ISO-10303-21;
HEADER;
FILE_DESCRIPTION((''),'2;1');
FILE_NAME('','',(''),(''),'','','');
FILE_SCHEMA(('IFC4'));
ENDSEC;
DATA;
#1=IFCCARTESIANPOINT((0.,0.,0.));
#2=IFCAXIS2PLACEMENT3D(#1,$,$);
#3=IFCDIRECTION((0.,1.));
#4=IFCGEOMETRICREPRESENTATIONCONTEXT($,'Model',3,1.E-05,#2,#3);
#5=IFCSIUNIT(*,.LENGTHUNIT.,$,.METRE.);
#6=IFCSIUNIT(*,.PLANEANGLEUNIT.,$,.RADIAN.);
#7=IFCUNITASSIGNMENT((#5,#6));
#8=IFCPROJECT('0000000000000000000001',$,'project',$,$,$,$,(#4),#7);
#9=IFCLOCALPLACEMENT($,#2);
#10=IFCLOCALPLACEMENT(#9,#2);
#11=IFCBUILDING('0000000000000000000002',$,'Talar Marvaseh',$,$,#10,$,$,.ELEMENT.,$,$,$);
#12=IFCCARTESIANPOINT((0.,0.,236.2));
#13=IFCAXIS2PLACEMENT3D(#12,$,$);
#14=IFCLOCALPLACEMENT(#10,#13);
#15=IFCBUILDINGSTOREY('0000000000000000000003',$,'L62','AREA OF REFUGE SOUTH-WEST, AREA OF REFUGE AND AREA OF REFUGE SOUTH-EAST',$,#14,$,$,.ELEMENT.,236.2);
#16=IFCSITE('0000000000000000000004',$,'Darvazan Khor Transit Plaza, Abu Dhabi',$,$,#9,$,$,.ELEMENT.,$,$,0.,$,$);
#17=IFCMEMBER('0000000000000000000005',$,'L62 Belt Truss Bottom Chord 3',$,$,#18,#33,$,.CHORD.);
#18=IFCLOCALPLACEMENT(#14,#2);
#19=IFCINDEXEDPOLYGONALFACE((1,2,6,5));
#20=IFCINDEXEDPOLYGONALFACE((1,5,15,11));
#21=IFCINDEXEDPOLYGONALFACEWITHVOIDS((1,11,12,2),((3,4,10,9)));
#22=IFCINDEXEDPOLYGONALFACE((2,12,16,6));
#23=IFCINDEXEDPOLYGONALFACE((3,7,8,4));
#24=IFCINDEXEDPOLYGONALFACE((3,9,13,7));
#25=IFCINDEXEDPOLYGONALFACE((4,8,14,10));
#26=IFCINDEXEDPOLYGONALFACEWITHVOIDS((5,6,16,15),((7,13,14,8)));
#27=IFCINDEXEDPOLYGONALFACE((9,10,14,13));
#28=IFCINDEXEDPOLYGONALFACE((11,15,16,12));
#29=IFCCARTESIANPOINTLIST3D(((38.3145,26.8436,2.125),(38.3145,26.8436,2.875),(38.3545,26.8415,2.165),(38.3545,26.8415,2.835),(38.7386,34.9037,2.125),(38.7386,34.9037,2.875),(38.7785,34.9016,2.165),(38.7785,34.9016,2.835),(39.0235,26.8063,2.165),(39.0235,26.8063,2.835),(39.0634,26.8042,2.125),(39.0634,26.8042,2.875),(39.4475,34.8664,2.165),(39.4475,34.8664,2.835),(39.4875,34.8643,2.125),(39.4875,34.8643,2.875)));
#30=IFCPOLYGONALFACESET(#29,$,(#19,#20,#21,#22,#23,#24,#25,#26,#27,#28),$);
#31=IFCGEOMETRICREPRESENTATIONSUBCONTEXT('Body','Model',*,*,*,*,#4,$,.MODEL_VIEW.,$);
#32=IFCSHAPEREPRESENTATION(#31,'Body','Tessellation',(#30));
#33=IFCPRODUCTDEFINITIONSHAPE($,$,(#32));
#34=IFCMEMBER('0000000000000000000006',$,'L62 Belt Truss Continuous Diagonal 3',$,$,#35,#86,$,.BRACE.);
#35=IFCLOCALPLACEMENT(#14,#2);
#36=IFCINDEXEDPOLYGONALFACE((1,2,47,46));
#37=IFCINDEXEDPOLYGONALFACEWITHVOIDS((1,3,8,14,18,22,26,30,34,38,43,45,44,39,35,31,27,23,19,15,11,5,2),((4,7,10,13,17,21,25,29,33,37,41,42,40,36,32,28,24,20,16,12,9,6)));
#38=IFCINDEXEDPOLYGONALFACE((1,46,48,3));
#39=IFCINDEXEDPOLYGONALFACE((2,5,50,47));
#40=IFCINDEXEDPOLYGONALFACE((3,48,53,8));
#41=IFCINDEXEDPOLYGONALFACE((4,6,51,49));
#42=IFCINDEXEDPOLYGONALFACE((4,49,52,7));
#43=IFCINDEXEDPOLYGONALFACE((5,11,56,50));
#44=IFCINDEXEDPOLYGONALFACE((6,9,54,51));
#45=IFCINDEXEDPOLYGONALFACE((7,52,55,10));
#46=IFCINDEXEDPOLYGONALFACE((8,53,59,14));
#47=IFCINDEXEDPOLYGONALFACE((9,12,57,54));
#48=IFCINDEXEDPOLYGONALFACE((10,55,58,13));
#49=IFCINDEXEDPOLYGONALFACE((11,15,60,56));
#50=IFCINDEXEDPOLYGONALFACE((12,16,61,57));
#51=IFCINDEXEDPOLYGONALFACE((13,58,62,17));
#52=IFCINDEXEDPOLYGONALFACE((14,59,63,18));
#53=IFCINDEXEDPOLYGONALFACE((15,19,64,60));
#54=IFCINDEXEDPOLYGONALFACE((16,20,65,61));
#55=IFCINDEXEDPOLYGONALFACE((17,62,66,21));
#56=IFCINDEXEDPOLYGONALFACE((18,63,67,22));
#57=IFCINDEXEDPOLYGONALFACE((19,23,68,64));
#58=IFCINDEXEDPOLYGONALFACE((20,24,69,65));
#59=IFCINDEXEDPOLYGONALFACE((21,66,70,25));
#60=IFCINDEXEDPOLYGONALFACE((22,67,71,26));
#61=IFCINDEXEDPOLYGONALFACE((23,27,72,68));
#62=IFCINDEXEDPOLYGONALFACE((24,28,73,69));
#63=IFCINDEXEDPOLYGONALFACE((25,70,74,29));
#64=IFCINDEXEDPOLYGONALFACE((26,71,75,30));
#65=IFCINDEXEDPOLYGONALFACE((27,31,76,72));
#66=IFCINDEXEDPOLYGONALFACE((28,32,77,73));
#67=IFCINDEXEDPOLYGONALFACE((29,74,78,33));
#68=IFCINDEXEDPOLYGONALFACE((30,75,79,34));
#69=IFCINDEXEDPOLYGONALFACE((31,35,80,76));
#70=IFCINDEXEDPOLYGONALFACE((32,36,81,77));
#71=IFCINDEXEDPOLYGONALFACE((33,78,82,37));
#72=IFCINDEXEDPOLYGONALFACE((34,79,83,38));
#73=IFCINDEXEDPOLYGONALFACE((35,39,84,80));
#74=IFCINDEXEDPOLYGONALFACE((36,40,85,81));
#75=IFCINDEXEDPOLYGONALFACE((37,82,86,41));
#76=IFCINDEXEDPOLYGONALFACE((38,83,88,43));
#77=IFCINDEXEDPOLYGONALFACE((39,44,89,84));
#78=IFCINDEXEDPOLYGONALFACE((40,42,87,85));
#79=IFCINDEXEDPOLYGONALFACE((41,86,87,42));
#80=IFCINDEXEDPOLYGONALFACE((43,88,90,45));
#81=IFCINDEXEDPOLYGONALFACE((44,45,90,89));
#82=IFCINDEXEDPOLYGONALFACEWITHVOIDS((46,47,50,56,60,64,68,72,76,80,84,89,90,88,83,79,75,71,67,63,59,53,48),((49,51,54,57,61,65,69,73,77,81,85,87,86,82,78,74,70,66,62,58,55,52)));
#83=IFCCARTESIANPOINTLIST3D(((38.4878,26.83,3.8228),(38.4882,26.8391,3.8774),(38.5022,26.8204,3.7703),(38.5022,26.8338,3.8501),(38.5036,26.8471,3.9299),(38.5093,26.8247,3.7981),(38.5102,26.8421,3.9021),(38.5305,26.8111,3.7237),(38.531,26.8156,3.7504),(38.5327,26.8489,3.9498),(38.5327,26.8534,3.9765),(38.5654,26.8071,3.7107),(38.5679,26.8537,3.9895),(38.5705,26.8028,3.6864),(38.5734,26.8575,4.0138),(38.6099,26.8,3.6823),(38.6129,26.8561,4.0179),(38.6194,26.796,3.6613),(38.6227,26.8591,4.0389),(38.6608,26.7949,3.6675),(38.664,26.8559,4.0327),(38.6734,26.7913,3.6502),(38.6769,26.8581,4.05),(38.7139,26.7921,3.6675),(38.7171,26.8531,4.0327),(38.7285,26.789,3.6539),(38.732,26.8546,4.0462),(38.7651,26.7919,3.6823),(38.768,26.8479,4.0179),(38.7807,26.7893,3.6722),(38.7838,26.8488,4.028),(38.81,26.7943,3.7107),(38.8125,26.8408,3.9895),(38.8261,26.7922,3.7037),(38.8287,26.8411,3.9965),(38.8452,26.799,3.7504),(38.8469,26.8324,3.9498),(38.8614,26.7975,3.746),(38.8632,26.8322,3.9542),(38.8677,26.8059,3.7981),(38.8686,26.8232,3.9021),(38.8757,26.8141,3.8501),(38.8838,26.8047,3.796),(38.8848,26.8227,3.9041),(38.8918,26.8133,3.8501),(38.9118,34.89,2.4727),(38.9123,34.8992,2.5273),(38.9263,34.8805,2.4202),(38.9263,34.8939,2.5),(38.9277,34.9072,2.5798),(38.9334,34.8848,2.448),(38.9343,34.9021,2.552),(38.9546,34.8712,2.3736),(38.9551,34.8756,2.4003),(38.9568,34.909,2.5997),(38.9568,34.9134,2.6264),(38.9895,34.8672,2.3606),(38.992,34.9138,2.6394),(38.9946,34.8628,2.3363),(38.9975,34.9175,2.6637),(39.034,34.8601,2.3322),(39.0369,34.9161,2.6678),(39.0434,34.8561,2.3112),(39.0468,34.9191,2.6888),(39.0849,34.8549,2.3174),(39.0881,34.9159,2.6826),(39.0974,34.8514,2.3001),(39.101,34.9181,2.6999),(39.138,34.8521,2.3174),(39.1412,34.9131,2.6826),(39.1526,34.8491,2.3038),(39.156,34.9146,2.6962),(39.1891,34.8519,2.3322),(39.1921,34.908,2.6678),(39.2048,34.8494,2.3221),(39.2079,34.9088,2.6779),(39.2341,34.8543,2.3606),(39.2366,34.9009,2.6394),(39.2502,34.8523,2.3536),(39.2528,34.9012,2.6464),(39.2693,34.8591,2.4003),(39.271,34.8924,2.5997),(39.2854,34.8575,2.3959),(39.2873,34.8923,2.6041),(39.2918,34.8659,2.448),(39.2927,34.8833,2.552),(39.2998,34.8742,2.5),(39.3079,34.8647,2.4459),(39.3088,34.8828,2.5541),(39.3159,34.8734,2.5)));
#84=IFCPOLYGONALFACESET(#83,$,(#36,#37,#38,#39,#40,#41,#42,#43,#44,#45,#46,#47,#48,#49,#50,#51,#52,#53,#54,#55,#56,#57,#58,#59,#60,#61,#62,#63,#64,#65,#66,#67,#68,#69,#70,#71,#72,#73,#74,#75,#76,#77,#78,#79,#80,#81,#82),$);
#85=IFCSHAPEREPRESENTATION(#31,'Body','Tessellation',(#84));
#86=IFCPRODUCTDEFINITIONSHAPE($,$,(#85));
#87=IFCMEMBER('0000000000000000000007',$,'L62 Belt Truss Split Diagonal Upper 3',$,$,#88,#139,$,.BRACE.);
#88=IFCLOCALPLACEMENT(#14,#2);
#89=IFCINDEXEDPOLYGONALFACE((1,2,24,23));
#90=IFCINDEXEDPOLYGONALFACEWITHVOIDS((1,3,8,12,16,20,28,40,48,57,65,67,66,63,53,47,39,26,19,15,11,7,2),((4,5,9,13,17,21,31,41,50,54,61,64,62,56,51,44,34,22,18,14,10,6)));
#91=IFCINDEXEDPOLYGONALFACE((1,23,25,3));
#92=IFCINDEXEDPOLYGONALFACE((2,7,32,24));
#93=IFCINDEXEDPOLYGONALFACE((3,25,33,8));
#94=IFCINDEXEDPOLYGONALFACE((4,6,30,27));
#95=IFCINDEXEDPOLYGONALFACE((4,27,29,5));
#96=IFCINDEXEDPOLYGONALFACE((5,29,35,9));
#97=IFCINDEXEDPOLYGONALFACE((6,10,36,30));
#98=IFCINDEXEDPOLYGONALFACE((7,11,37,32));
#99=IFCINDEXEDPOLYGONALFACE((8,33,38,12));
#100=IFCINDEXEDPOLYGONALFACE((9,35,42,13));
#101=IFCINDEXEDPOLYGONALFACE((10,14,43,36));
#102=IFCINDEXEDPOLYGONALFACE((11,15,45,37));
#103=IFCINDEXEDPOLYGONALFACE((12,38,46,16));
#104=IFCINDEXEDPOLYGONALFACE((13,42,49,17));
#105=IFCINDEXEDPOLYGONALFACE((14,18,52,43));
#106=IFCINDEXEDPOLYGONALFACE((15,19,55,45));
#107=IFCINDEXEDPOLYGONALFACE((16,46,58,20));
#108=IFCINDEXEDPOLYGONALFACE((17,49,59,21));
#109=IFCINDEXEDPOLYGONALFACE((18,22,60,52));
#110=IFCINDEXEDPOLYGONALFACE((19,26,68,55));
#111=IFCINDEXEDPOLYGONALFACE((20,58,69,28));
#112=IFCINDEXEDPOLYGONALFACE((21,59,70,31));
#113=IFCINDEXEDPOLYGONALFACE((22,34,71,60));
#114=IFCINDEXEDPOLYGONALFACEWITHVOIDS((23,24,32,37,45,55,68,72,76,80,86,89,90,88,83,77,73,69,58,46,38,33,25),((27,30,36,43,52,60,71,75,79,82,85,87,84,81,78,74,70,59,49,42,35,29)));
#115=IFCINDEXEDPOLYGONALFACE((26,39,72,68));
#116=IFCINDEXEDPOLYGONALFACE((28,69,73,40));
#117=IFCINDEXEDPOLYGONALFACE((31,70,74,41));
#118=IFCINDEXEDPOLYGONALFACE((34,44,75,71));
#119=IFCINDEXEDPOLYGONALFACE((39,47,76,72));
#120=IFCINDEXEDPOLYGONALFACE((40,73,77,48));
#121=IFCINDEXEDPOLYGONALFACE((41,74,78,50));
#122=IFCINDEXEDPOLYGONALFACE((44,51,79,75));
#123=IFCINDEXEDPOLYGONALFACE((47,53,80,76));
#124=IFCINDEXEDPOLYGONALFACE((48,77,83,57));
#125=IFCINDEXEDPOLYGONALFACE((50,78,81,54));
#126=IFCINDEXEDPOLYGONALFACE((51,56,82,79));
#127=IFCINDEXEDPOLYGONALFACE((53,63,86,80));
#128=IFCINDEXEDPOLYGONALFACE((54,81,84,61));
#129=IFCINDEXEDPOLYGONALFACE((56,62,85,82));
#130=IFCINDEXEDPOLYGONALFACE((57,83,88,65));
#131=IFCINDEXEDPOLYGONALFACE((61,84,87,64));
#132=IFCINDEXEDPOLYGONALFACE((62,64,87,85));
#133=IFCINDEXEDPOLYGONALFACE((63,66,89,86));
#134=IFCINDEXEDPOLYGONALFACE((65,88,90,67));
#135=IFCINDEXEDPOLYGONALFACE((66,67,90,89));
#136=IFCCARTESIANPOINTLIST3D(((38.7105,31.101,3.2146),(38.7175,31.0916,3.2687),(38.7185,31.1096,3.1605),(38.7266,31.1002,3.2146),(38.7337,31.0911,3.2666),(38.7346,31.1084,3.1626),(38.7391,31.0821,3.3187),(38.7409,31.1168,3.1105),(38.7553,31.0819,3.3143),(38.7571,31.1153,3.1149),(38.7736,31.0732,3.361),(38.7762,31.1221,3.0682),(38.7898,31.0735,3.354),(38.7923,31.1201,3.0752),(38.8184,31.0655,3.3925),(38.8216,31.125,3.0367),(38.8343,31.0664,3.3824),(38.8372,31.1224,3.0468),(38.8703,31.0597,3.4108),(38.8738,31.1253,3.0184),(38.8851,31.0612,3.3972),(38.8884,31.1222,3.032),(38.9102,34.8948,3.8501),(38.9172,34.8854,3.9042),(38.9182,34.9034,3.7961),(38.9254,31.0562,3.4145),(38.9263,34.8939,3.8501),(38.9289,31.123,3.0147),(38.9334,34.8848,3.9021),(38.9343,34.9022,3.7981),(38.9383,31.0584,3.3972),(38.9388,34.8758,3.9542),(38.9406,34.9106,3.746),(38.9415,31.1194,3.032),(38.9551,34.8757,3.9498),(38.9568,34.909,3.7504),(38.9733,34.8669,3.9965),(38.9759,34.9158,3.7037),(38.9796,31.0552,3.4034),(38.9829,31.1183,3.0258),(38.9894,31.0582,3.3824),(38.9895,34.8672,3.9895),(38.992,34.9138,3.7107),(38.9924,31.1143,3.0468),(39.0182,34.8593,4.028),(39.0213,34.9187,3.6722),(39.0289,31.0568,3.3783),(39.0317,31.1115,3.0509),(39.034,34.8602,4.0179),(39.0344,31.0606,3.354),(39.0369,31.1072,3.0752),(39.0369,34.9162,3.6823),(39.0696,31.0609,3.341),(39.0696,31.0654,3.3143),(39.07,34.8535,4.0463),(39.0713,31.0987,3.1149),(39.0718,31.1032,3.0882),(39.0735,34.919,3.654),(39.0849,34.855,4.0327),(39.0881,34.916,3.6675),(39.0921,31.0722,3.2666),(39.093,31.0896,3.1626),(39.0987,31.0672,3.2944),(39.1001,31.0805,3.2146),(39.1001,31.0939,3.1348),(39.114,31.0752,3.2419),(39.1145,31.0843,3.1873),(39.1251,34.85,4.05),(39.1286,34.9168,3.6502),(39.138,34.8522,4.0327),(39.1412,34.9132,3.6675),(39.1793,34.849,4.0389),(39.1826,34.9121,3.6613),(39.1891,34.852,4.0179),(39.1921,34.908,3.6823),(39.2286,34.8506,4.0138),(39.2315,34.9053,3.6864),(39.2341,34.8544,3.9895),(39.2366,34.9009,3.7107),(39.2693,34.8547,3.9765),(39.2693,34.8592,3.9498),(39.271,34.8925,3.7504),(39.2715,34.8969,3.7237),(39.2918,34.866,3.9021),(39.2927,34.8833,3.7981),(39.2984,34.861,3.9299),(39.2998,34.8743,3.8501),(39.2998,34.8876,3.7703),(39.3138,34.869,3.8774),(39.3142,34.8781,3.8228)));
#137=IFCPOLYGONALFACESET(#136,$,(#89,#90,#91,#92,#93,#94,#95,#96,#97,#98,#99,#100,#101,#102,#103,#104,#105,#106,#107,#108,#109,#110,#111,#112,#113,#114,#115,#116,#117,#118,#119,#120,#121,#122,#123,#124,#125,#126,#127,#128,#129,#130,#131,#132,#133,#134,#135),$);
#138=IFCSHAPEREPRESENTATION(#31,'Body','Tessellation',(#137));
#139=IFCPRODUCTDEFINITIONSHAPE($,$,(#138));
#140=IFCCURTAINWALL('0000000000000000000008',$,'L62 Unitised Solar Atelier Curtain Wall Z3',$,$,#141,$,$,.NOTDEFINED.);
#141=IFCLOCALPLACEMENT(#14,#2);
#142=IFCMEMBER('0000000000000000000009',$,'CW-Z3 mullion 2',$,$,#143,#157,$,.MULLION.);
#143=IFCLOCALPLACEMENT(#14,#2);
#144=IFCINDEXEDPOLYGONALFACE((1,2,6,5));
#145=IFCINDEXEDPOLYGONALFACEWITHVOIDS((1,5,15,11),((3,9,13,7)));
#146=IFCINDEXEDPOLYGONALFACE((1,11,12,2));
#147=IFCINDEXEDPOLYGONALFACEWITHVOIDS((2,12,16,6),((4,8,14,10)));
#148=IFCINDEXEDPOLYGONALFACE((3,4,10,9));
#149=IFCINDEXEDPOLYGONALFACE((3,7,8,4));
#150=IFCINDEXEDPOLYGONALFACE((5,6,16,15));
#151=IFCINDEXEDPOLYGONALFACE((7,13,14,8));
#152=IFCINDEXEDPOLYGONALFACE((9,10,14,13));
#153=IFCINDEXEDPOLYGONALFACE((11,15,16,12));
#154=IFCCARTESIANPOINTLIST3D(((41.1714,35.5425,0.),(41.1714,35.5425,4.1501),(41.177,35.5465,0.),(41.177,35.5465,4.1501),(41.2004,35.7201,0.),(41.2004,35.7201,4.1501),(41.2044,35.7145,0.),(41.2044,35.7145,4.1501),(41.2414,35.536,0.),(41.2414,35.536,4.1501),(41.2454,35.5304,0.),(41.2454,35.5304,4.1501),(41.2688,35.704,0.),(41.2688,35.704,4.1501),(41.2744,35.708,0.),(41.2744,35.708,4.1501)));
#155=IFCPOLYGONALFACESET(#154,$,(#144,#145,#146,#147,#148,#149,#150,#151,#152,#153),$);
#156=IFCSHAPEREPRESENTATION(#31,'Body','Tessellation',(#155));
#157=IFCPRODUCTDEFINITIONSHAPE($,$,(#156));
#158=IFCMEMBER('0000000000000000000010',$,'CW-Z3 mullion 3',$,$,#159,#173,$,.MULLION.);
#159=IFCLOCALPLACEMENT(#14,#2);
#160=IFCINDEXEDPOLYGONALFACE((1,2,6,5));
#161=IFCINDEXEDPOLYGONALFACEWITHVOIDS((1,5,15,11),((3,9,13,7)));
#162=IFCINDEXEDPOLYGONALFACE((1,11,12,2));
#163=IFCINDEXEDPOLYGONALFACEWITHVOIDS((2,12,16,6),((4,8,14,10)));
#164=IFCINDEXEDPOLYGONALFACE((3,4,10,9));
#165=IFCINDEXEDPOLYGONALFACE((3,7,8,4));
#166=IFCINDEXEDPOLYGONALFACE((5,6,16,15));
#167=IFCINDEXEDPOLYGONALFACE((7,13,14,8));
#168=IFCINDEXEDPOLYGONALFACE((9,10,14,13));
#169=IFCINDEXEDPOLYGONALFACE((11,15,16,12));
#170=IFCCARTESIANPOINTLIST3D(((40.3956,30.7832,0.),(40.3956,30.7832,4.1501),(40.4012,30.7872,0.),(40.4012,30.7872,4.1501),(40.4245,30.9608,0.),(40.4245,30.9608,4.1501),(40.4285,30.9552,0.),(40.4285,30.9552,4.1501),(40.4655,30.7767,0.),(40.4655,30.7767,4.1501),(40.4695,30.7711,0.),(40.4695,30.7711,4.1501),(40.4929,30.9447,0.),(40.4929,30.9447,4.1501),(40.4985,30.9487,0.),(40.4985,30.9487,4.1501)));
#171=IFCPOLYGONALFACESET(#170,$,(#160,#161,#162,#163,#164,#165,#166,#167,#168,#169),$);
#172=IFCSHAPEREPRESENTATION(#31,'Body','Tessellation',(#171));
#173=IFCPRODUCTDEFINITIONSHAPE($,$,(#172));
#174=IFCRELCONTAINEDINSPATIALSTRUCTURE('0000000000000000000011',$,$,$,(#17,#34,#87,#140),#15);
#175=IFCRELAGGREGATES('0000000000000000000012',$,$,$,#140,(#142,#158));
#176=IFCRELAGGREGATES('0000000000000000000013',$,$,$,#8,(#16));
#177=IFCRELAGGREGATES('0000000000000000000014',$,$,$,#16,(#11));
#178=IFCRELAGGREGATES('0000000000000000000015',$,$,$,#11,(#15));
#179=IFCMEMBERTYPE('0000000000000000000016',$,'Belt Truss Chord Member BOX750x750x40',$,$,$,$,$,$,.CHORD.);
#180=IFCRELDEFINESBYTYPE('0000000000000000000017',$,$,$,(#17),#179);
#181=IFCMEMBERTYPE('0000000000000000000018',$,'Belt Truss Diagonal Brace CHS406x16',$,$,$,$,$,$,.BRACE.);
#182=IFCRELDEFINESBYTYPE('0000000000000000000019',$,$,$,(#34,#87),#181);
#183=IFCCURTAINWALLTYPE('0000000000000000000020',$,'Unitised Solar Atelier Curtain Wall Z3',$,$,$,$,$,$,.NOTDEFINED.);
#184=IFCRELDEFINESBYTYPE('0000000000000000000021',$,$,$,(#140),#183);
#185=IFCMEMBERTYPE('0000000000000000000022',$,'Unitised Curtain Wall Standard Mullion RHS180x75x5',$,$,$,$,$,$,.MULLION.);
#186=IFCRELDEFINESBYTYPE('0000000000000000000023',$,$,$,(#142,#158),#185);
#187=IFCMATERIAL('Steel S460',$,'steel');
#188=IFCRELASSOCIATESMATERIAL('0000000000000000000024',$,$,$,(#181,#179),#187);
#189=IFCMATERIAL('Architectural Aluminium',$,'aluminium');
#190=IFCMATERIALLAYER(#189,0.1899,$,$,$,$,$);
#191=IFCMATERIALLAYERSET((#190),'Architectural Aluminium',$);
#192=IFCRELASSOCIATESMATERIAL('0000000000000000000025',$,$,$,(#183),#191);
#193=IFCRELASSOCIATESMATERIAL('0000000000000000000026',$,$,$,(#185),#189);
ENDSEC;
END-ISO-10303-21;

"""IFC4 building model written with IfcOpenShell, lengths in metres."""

from ifc_helpers import new_model, si_unit, direction, frame, origin, origin_2d, place, context, subcontext, project, spatial, hollow_rectangle, hollow_circle, extrude, source, transform, mapped, material, layer, layer_set, material_profile, profile_set, type_object, type_shapes, element, aggregate, save


model = new_model("IFC4")

# Units and contexts
model_context = context("Model", 3, precision=1e-05, world=origin(), true_north=direction((0.0, 1.0)))
body_context = subcontext(model_context, "Body", "Model", "MODEL_VIEW")
ifc_project = project(units=[si_unit("LENGTHUNIT", "METRE"), si_unit("PLANEANGLEUNIT", "RADIAN")], contexts=[model_context])

# Site, building, storey
site_placement = place(None, origin())
site = spatial("IfcSite", under=ifc_project, at=site_placement, Name="Darvazan Khor Transit Plaza, Abu Dhabi", CompositionType="ELEMENT", RefElevation=0.0)
building_placement = place(site_placement, origin())
building = spatial("IfcBuilding", under=site, at=building_placement, Name="Talar Marvaseh", CompositionType="ELEMENT")
storey_placement = place(building_placement, frame((0.0, 0.0, 236.2)))
storey = spatial("IfcBuildingStorey", under=building, at=storey_placement, Name="L62", Description="AREA OF REFUGE SOUTH-WEST, AREA OF REFUGE AND AREA OF REFUGE SOUTH-EAST", CompositionType="ELEMENT", Elevation=236.2)

# Shared definitions
ifc_material_1 = material(Name="Steel S460", Category="steel")

# Members
ifc_material_profile_1 = material_profile(ifc_material_1, hollow_circle(Radius=0.2031, WallThickness=0.0161, at=origin_2d()), Name="CHS406x16")
ifc_profile_set_1 = profile_set([ifc_material_profile_1], Name="Steel S460")
member_type_1 = type_object("IfcMemberType", Name="Belt Truss Diagonal Brace CHS406x16", PredefinedType="BRACE", material=ifc_profile_set_1)
ifc_material_profile_2 = material_profile(ifc_material_1, hollow_rectangle(XDim=0.75, YDim=0.75, WallThickness=0.04, at=origin_2d()), Name="BOX750x750x40")
ifc_profile_set_2 = profile_set([ifc_material_profile_2], Name="Steel S460")
member_type_2 = type_object("IfcMemberType", Name="Belt Truss Chord Member BOX750x750x40", PredefinedType="CHORD", material=ifc_profile_set_2)
shared_shape_1 = source(origin(), body_context, "Body", "SweptSolid", [
    extrude(hollow_rectangle(XDim=0.75, YDim=0.75, WallThickness=0.04, at=origin_2d()), origin(), (0.0, 0.0, 1.0), 8.0713),
])
type_shapes(member_type_2, [shared_shape_1])
member_1_placement = place(storey_placement, frame((39.113, 34.884, 2.5), z_axis=(-0.052541, -0.998619, 0.0), x_axis=(0.998619, -0.052541, 0.0)))
element("IfcMember", 1, at=member_1_placement, inside=storey, type_object=member_type_2, Name="L62 Belt Truss Bottom Chord 3", PredefinedType="CHORD", context=body_context, shape_type="MappedRepresentation", body=[
    mapped(shared_shape_1, transform((0.0, 0.0, 0.0), x_axis=(1.0, 0.0, 0.0), y_axis=(0.0, 1.0, 0.0), z_axis=(0.0, 0.0, 1.0), scale=1.0)),
])
shared_shape_2 = source(origin(), body_context, "Body", "SweptSolid", [
    extrude(hollow_circle(Radius=0.2031, WallThickness=0.0161, at=origin_2d()), origin(), (0.0, 0.0, 1.0), 8.1833),
])
member_2_placement = place(storey_placement, frame((39.113, 34.884, 2.5), z_axis=(-0.051821, -0.984934, 0.164981), x_axis=(0.998619, -0.052541, 0.0)))
element("IfcMember", 2, at=member_2_placement, inside=storey, type_object=member_type_1, Name="L62 Belt Truss Continuous Diagonal 3", PredefinedType="BRACE", context=body_context, shape_type="MappedRepresentation", body=[
    mapped(shared_shape_2, transform((0.0, 0.0, 0.0), x_axis=(1.0, 0.0, 0.0), y_axis=(0.0, 1.0, 0.0), z_axis=(0.0, 0.0, 1.0), scale=1.0)),
])
shared_shape_3 = source(origin(), body_context, "Body", "SweptSolid", [
    extrude(hollow_circle(Radius=0.2031, WallThickness=0.0161, at=origin_2d()), origin(), (0.0, 0.0, 1.0), 3.8518),
])
member_3_placement = place(storey_placement, frame((38.9133, 31.0903, 3.2146), z_axis=(0.051849, 0.984932, 0.16499), x_axis=(-0.998617, 0.052569, 0.0)))
element("IfcMember", 3, at=member_3_placement, inside=storey, type_object=member_type_1, Name="L62 Belt Truss Split Diagonal Upper 3", PredefinedType="BRACE", context=body_context, shape_type="MappedRepresentation", body=[
    mapped(shared_shape_3, transform((0.0, 0.0, 0.0), x_axis=(1.0, 0.0, 0.0), y_axis=(0.0, 1.0, 0.0), z_axis=(0.0, 0.0, 1.0), scale=1.0)),
])

# Curtain wall, members
ifc_material_2 = material(Name="Architectural Aluminium", Category="aluminium")
ifc_layer_1 = layer(ifc_material_2, 0.1899)
ifc_layer_set_1 = layer_set([ifc_layer_1], Name="Architectural Aluminium")
curtain_wall_type = type_object("IfcCurtainWallType", Name="Unitised Solar Atelier Curtain Wall Z3", PredefinedType="NOTDEFINED", material=ifc_layer_set_1)
curtain_wall_placement = place(storey_placement, origin())
curtain_wall = element("IfcCurtainWall", 4, at=curtain_wall_placement, inside=storey, type_object=curtain_wall_type, Name="L62 Unitised Solar Atelier Curtain Wall Z3", PredefinedType="NOTDEFINED")
ifc_material_profile_3 = material_profile(ifc_material_2, hollow_rectangle(XDim=0.075, YDim=0.1799, WallThickness=0.0049, at=origin_2d()), Name="RHS180x75x5")
ifc_profile_set_3 = profile_set([ifc_material_profile_3], Name="Architectural Aluminium")
member_type_3 = type_object("IfcMemberType", Name="Unitised Curtain Wall Standard Mullion RHS180x75x5", PredefinedType="MULLION", material=ifc_profile_set_3)
shared_shape_4 = source(origin(), body_context, "Body", "SweptSolid", [
    extrude(hollow_rectangle(XDim=0.075, YDim=0.1799, WallThickness=0.0049, at=origin_2d()), origin(), (0.0, 0.0, 1.0), 4.1501),
])
type_shapes(member_type_3, [shared_shape_4])
member_4_placement = place(storey_placement, frame((41.2229, 35.6252, 0.0), z_axis=(0.0, 0.0, 1.0), x_axis=(0.986971, -0.160896, 0.0)))
member_4 = element("IfcMember", 5, at=member_4_placement, type_object=member_type_3, Name="CW-Z3 mullion 2", PredefinedType="MULLION", context=body_context, shape_type="MappedRepresentation", body=[
    mapped(shared_shape_4, transform((0.0, 0.0, 0.0), x_axis=(1.0, 0.0, 0.0), y_axis=(0.0, 1.0, 0.0), z_axis=(0.0, 0.0, 1.0), scale=1.0)),
])
member_5_placement = place(storey_placement, frame((40.447, 30.866, 0.0), z_axis=(0.0, 0.0, 1.0), x_axis=(0.986971, -0.160896, 0.0)))
member_5 = element("IfcMember", 6, at=member_5_placement, type_object=member_type_3, Name="CW-Z3 mullion 3", PredefinedType="MULLION", context=body_context, shape_type="MappedRepresentation", body=[
    mapped(shared_shape_4, transform((0.0, 0.0, 0.0), x_axis=(1.0, 0.0, 0.0), y_axis=(0.0, 1.0, 0.0), z_axis=(0.0, 0.0, 1.0), scale=1.0)),
])

aggregate(curtain_wall, [member_4, member_5])

save(model, "model.ifc")
